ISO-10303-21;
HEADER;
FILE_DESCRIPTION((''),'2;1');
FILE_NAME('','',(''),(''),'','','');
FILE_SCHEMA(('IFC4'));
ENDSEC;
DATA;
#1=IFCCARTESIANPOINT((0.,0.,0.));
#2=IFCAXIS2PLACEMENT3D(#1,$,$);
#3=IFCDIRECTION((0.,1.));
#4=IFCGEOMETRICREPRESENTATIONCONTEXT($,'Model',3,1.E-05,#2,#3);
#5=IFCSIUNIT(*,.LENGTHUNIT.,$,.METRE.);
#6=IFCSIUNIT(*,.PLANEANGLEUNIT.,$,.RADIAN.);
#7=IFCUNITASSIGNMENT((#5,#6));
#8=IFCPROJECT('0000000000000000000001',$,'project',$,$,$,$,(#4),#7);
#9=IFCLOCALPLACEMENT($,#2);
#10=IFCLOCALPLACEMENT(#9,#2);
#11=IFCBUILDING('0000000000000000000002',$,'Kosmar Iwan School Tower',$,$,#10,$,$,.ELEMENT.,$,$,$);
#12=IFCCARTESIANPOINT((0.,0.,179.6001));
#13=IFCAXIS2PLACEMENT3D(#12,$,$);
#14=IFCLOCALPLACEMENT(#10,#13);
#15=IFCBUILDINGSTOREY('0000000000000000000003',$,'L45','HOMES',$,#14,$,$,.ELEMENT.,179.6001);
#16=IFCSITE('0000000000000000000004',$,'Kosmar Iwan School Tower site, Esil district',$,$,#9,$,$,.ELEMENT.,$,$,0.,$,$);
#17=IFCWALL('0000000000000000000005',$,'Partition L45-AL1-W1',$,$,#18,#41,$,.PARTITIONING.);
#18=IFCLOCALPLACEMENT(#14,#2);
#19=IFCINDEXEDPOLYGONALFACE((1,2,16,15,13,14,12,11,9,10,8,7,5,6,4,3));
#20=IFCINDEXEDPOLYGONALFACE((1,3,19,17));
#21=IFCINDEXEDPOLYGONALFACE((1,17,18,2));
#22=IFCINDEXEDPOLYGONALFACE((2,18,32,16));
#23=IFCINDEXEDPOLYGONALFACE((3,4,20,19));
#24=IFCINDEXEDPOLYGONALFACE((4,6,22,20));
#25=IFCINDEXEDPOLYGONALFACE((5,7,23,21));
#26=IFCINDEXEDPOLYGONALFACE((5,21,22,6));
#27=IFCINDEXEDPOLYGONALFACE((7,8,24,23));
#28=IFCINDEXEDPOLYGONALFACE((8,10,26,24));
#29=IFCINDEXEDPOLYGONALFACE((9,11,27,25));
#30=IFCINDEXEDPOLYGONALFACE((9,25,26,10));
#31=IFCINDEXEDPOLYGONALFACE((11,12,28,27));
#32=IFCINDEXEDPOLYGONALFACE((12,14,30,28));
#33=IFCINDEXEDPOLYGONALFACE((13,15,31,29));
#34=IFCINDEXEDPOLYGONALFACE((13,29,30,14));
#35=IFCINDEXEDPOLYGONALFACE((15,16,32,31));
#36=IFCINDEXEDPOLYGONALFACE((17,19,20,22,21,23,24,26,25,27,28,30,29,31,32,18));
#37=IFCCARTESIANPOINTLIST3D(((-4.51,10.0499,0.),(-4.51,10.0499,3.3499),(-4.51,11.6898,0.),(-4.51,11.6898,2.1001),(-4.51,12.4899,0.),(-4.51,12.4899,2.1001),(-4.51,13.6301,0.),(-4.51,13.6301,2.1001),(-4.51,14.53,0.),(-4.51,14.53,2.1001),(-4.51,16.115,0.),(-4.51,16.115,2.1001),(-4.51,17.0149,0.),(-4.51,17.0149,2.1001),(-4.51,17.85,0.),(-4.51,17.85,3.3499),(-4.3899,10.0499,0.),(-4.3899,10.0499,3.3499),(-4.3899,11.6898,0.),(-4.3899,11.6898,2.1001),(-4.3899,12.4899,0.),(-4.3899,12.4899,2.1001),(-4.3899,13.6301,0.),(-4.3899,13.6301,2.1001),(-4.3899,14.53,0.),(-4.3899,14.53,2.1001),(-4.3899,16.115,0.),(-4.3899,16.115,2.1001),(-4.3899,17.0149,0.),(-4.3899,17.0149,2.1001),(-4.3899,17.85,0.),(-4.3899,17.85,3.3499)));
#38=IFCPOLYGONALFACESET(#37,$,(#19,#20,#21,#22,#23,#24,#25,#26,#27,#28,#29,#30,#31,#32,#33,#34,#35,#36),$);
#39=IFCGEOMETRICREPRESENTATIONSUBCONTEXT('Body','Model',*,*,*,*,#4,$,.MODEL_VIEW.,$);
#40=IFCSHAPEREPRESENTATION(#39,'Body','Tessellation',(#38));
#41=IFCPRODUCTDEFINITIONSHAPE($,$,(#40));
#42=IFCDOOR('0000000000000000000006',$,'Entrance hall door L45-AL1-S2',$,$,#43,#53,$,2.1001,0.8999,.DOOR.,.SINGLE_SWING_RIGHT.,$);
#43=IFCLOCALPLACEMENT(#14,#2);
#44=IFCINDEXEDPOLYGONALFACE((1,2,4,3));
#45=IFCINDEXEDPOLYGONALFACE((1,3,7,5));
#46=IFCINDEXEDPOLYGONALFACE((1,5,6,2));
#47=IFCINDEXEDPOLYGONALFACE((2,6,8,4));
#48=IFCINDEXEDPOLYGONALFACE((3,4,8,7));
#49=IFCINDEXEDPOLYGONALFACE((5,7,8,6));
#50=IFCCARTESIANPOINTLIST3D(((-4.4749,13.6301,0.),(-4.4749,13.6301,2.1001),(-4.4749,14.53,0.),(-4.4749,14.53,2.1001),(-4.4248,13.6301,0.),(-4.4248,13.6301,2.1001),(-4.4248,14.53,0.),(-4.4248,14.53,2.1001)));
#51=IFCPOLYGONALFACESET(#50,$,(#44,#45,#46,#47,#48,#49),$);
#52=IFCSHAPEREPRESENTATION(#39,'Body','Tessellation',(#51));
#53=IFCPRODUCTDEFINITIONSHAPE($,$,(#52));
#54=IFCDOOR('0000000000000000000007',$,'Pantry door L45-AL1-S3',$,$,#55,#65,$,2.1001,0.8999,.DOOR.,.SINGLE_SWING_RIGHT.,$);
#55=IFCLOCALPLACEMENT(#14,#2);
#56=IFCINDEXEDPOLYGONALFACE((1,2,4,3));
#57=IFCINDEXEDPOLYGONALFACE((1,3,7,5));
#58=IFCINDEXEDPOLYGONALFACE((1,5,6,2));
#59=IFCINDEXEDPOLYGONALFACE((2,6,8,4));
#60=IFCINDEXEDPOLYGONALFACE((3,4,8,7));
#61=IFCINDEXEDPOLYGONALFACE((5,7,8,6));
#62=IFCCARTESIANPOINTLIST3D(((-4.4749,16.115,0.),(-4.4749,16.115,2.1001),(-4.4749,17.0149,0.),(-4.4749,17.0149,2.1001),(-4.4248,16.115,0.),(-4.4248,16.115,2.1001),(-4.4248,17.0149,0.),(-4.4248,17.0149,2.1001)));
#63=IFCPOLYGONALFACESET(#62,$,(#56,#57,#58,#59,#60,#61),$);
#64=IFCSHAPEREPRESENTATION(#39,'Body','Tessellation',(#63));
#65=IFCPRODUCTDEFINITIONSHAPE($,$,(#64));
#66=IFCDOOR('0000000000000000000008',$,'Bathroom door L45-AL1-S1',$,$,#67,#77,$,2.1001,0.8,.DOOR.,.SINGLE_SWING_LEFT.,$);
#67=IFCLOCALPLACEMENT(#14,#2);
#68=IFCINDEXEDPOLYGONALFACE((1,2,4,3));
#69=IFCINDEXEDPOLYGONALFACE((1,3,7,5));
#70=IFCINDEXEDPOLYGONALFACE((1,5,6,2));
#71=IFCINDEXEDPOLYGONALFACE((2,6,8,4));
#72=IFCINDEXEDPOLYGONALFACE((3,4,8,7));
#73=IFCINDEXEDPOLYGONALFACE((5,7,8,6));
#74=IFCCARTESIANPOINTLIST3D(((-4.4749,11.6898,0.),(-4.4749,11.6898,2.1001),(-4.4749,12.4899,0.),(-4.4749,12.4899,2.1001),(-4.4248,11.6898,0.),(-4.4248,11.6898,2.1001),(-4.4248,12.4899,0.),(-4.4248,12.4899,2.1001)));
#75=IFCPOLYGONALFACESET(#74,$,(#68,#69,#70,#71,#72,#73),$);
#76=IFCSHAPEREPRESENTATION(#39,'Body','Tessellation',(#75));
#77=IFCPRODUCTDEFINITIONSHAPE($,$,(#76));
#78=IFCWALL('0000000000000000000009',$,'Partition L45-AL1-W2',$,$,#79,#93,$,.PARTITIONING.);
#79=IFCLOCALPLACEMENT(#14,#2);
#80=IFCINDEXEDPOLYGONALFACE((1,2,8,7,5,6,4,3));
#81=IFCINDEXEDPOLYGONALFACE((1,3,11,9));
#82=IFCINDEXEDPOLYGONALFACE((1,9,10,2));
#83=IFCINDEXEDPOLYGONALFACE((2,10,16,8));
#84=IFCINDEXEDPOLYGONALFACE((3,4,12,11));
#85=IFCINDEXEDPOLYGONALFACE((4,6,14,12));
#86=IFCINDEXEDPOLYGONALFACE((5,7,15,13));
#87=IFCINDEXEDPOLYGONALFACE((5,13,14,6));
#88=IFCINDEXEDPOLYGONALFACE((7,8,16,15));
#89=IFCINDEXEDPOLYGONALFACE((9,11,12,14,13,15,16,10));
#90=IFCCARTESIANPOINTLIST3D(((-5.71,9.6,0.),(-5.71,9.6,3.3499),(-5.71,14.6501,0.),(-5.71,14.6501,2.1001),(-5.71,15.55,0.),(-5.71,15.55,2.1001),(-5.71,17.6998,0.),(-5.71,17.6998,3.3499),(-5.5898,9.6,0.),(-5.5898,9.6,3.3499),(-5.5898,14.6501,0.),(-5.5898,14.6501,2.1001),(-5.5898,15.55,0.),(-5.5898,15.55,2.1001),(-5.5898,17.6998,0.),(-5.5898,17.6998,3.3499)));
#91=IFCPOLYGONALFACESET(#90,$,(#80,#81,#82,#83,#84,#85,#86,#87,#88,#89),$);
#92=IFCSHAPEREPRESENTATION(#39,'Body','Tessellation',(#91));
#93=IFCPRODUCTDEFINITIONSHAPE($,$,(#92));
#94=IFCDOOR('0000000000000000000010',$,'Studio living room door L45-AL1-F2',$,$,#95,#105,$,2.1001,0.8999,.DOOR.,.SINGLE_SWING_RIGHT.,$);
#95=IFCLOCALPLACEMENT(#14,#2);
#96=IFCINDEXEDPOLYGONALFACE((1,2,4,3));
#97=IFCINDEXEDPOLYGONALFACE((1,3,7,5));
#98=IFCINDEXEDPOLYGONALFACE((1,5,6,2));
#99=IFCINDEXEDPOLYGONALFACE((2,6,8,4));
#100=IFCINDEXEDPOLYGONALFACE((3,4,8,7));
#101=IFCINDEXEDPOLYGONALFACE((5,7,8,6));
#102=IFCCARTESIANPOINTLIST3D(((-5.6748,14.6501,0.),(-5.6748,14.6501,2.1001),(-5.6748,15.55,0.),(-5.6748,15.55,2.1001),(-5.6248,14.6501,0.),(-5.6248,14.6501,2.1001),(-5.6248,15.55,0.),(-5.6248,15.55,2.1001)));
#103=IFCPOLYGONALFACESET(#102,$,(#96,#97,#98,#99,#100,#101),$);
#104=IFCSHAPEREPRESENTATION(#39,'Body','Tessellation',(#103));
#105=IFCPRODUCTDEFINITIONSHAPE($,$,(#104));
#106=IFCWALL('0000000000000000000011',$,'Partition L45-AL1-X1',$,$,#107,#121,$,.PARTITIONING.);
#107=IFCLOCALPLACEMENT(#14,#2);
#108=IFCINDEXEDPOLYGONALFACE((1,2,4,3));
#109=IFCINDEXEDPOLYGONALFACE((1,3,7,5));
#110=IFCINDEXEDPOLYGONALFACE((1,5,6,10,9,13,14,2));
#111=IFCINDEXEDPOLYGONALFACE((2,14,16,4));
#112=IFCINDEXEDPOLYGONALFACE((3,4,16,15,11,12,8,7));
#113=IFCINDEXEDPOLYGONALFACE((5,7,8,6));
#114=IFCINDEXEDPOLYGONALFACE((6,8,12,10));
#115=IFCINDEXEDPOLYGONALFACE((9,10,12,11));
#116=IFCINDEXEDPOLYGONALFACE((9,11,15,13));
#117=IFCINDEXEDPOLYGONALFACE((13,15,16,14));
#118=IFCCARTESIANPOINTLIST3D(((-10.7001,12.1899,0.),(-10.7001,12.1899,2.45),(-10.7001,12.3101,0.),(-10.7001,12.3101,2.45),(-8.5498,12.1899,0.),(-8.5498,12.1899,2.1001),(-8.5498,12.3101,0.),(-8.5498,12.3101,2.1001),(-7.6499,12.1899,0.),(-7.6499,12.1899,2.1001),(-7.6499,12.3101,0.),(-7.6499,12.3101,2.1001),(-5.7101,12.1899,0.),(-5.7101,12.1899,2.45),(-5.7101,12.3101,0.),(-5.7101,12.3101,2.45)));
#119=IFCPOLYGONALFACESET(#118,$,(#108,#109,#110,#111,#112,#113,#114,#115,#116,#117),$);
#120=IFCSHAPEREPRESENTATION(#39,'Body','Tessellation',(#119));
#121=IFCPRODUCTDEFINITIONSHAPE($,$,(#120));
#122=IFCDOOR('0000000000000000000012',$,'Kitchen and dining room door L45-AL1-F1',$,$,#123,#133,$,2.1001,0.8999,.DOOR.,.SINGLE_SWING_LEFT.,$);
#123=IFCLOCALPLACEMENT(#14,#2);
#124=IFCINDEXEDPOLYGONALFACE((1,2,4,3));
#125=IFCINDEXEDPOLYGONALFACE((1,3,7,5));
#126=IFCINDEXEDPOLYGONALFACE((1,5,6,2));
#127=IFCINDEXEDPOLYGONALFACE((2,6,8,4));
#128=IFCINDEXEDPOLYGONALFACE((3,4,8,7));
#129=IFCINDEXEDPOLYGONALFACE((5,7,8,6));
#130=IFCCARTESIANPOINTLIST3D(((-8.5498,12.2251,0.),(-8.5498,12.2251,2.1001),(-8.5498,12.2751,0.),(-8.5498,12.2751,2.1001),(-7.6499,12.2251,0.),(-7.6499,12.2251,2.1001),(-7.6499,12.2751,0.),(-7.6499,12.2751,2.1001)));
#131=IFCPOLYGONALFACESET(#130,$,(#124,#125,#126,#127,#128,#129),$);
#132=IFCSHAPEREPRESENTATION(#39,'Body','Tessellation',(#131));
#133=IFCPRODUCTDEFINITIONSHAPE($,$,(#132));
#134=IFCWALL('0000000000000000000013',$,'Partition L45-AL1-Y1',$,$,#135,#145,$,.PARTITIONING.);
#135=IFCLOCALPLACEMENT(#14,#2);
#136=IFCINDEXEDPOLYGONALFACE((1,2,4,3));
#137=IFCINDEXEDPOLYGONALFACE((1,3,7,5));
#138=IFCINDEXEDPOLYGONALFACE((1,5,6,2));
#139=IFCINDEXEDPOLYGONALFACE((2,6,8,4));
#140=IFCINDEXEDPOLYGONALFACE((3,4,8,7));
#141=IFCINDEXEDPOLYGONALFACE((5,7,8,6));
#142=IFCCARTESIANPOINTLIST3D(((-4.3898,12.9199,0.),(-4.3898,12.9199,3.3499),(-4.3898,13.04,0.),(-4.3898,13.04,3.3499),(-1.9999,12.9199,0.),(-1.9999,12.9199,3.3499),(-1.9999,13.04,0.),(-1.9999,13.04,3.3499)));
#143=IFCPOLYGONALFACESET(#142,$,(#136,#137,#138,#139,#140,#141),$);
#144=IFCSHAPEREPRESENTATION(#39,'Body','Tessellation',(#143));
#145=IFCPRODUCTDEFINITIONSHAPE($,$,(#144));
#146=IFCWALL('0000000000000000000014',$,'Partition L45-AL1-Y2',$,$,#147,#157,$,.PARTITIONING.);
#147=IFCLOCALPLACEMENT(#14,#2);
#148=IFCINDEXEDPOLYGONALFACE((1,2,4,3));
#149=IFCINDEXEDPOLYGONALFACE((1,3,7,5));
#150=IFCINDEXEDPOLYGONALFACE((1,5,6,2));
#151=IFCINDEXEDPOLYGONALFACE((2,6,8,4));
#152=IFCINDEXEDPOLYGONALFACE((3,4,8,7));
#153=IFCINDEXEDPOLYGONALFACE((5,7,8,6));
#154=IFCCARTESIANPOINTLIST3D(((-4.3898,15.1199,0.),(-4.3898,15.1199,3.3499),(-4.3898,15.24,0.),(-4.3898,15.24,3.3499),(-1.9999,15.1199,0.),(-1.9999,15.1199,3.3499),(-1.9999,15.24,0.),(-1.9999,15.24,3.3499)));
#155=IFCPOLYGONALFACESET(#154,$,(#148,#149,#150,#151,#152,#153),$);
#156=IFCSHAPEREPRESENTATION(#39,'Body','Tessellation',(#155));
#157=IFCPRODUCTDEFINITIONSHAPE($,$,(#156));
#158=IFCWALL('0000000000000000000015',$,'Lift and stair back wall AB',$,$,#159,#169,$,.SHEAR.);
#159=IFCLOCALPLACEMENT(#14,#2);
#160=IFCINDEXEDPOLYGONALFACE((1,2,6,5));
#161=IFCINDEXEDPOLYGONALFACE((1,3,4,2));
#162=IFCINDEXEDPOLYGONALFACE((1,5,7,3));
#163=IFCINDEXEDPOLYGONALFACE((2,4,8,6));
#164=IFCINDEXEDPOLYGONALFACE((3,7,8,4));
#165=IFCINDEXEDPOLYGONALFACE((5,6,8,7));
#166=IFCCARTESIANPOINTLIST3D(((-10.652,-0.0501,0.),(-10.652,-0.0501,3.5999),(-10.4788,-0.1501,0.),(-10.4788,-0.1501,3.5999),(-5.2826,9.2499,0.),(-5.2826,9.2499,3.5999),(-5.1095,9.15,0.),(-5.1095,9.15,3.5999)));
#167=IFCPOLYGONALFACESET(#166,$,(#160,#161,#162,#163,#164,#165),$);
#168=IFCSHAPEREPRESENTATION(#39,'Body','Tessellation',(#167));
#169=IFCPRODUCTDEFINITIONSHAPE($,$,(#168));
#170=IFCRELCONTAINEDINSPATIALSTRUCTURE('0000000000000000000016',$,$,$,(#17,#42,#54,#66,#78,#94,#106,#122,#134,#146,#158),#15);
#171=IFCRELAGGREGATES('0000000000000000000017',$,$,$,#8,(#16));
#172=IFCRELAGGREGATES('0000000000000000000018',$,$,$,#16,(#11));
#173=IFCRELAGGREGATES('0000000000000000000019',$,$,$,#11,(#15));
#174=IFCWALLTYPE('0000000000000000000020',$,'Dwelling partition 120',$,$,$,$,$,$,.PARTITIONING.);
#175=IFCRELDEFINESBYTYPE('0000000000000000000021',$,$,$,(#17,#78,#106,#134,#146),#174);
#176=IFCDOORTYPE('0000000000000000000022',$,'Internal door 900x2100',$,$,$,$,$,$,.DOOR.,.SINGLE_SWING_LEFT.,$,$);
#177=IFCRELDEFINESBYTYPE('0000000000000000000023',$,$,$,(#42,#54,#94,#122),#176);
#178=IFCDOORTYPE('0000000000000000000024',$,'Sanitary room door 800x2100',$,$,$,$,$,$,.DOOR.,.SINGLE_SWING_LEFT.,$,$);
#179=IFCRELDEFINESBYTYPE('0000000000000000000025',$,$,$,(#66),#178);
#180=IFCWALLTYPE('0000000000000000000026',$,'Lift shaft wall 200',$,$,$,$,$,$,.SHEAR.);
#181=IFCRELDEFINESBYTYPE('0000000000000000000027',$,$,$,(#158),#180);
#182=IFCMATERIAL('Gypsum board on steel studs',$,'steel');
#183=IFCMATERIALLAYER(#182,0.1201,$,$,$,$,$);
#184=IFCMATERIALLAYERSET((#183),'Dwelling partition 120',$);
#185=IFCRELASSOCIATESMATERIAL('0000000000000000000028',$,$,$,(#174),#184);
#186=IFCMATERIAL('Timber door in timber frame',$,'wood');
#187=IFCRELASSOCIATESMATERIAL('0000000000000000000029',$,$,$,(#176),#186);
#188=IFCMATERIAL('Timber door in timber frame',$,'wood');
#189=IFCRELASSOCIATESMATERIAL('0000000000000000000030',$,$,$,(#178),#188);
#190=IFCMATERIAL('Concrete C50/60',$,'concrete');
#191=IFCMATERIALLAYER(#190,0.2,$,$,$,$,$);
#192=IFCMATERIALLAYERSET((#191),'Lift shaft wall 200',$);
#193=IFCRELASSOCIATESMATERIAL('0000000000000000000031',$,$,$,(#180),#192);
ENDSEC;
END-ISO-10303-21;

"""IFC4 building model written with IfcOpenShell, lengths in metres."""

from ifc_helpers import new_model, si_unit, direction, frame, frame_2d, origin, place, context, subcontext, project, spatial, rectangle, extrude, material, layer, layer_set, type_object, element, fill, save


model = new_model("IFC4")

# Units and contexts
model_context = context("Model", 3, precision=1e-05, world=origin(), true_north=direction((0.0, 1.0)))
body_context = subcontext(model_context, "Body", "Model", "MODEL_VIEW")
ifc_project = project(units=[si_unit("LENGTHUNIT", "METRE"), si_unit("PLANEANGLEUNIT", "RADIAN")], contexts=[model_context])

# Site, building, storey
site_placement = place(None, origin())
site = spatial("IfcSite", under=ifc_project, at=site_placement, Name="Kosmar Iwan School Tower site, Esil district", CompositionType="ELEMENT", RefElevation=0.0)
building_placement = place(site_placement, origin())
building = spatial("IfcBuilding", under=site, at=building_placement, Name="Kosmar Iwan School Tower", CompositionType="ELEMENT")
storey_placement = place(building_placement, frame((0.0, 0.0, 179.6001)))
storey = spatial("IfcBuildingStorey", under=building, at=storey_placement, Name="L45", Description="HOMES", CompositionType="ELEMENT", Elevation=179.6001)

# Wall, openings, doors
ifc_material_1 = material(Name="Gypsum board on steel studs", Category="steel")
ifc_layer_1 = layer(ifc_material_1, 0.1201)
ifc_layer_set_1 = layer_set([ifc_layer_1], Name="Dwelling partition 120")
wall_type_1 = type_object("IfcWallType", Name="Dwelling partition 120", PredefinedType="PARTITIONING", material=ifc_layer_set_1)
wall_1_placement = place(storey_placement, frame((-4.45, 10.05, 0.0), z_axis=(0.0, 0.0, 1.0), x_axis=(0.0, 1.0, 0.0)))
wall_1 = element("IfcWall", 1, at=wall_1_placement, inside=storey, type_object=wall_type_1, Name="Partition L45-AL1-W1", PredefinedType="PARTITIONING", context=body_context, shape_type="SweptSolid", body=[
    extrude(rectangle(XDim=7.8, YDim=0.1201, at=frame_2d((3.8999, 0.0))), origin(), (0.0, 0.0, 1.0), 3.3499),
])
opening_1_placement = place(wall_1_placement, frame((1.6399, 0.0, 0.0)))
opening_1 = element("IfcOpeningElement", 2, at=opening_1_placement, cuts=wall_1, PredefinedType="OPENING", context=body_context, shape_type="SweptSolid", body=[
    extrude(rectangle(XDim=0.8, YDim=2.1001, at=frame_2d((0.3999, 1.05))), frame((0.0, 0.072, 0.0), z_axis=(0.0, -1.0, 0.0), x_axis=(1.0, 0.0, 0.0)), (0.0, 0.0, 1.0), 0.144),
])
opening_2_placement = place(wall_1_placement, frame((3.5801, 0.0, 0.0)))
opening_2 = element("IfcOpeningElement", 3, at=opening_2_placement, cuts=wall_1, PredefinedType="OPENING", context=body_context, shape_type="SweptSolid", body=[
    extrude(rectangle(XDim=0.8999, YDim=2.1001, at=frame_2d((0.45, 1.05))), frame((0.0, 0.072, 0.0), z_axis=(0.0, -1.0, 0.0), x_axis=(1.0, 0.0, 0.0)), (0.0, 0.0, 1.0), 0.144),
])
opening_3_placement = place(wall_1_placement, frame((6.0649, 0.0, 0.0)))
opening_3 = element("IfcOpeningElement", 4, at=opening_3_placement, cuts=wall_1, PredefinedType="OPENING", context=body_context, shape_type="SweptSolid", body=[
    extrude(rectangle(XDim=0.8999, YDim=2.1001, at=frame_2d((0.45, 1.05))), frame((0.0, 0.072, 0.0), z_axis=(0.0, -1.0, 0.0), x_axis=(1.0, 0.0, 0.0)), (0.0, 0.0, 1.0), 0.144),
])
ifc_material_2 = material(Name="Timber door in timber frame", Category="wood")
door_type_1 = type_object("IfcDoorType", Name="Internal door 900x2100", OperationType="SINGLE_SWING_LEFT", PredefinedType="DOOR", material=ifc_material_2)
door_1_placement = place(opening_2_placement, origin())
door_1 = element("IfcDoor", 5, at=door_1_placement, inside=storey, type_object=door_type_1, Name="Entrance hall door L45-AL1-S2", OperationType="SINGLE_SWING_RIGHT", OverallHeight=2.1001, OverallWidth=0.8999, PredefinedType="DOOR", context=body_context, shape_type="SweptSolid", body=[
    extrude(rectangle(XDim=0.8999, YDim=2.1001, at=frame_2d((0.45, 1.05))), frame((0.0, 0.0249, 0.0), z_axis=(0.0, -1.0, 0.0), x_axis=(1.0, 0.0, 0.0)), (0.0, 0.0, 1.0), 0.05),
])
fill(opening_2, door_1)
door_2_placement = place(opening_3_placement, origin())
door_2 = element("IfcDoor", 6, at=door_2_placement, inside=storey, type_object=door_type_1, Name="Pantry door L45-AL1-S3", OperationType="SINGLE_SWING_RIGHT", OverallHeight=2.1001, OverallWidth=0.8999, PredefinedType="DOOR", context=body_context, shape_type="SweptSolid", body=[
    extrude(rectangle(XDim=0.8999, YDim=2.1001, at=frame_2d((0.45, 1.05))), frame((0.0, 0.0249, 0.0), z_axis=(0.0, -1.0, 0.0), x_axis=(1.0, 0.0, 0.0)), (0.0, 0.0, 1.0), 0.05),
])
fill(opening_3, door_2)
ifc_material_3 = material(Name="Timber door in timber frame", Category="wood")
door_type_2 = type_object("IfcDoorType", Name="Sanitary room door 800x2100", OperationType="SINGLE_SWING_LEFT", PredefinedType="DOOR", material=ifc_material_3)
door_3_placement = place(opening_1_placement, origin())
door_3 = element("IfcDoor", 7, at=door_3_placement, inside=storey, type_object=door_type_2, Name="Bathroom door L45-AL1-S1", OperationType="SINGLE_SWING_LEFT", OverallHeight=2.1001, OverallWidth=0.8, PredefinedType="DOOR", context=body_context, shape_type="SweptSolid", body=[
    extrude(rectangle(XDim=0.8, YDim=2.1001, at=frame_2d((0.3999, 1.05))), frame((0.0, 0.0249, 0.0), z_axis=(0.0, -1.0, 0.0), x_axis=(1.0, 0.0, 0.0)), (0.0, 0.0, 1.0), 0.05),
])
fill(opening_1, door_3)

# Walls, openings, doors
wall_2_placement = place(storey_placement, frame((-5.6499, 9.6001, 0.0), z_axis=(0.0, 0.0, 1.0), x_axis=(0.0, 1.0, 0.0)))
wall_2 = element("IfcWall", 8, at=wall_2_placement, inside=storey, type_object=wall_type_1, Name="Partition L45-AL1-W2", PredefinedType="PARTITIONING", context=body_context, shape_type="SweptSolid", body=[
    extrude(rectangle(XDim=8.0999, YDim=0.1201, at=frame_2d((4.0498, 0.0))), origin(), (0.0, 0.0, 1.0), 3.3499),
])
opening_4_placement = place(wall_2_placement, frame((5.05, 0.0, 0.0)))
opening_4 = element("IfcOpeningElement", 9, at=opening_4_placement, cuts=wall_2, PredefinedType="OPENING", context=body_context, shape_type="SweptSolid", body=[
    extrude(rectangle(XDim=0.8999, YDim=2.1001, at=frame_2d((0.45, 1.05))), frame((0.0, 0.072, 0.0), z_axis=(0.0, -1.0, 0.0), x_axis=(1.0, 0.0, 0.0)), (0.0, 0.0, 1.0), 0.144),
])
door_4_placement = place(opening_4_placement, origin())
door_4 = element("IfcDoor", 10, at=door_4_placement, inside=storey, type_object=door_type_1, Name="Studio living room door L45-AL1-F2", OperationType="SINGLE_SWING_RIGHT", OverallHeight=2.1001, OverallWidth=0.8999, PredefinedType="DOOR", context=body_context, shape_type="SweptSolid", body=[
    extrude(rectangle(XDim=0.8999, YDim=2.1001, at=frame_2d((0.45, 1.05))), frame((0.0, 0.0249, 0.0), z_axis=(0.0, -1.0, 0.0), x_axis=(1.0, 0.0, 0.0)), (0.0, 0.0, 1.0), 0.05),
])
fill(opening_4, door_4)
wall_3_placement = place(storey_placement, frame((-5.71, 12.25, 0.0), z_axis=(0.0, 0.0, 1.0), x_axis=(-1.0, 0.0, 0.0)))
wall_3 = element("IfcWall", 11, at=wall_3_placement, inside=storey, type_object=wall_type_1, Name="Partition L45-AL1-X1", PredefinedType="PARTITIONING", context=body_context, shape_type="SweptSolid", body=[
    extrude(rectangle(XDim=4.99, YDim=0.1201, at=frame_2d((2.4951, 0.0))), origin(), (0.0, 0.0, 1.0), 2.45),
])
opening_5_placement = place(wall_3_placement, frame((1.9399, 0.0, 0.0)))
opening_5 = element("IfcOpeningElement", 12, at=opening_5_placement, cuts=wall_3, PredefinedType="OPENING", context=body_context, shape_type="SweptSolid", body=[
    extrude(rectangle(XDim=0.8999, YDim=2.1001, at=frame_2d((0.45, 1.05))), frame((0.0, 0.072, 0.0), z_axis=(0.0, -1.0, 0.0), x_axis=(1.0, 0.0, 0.0)), (0.0, 0.0, 1.0), 0.144),
])
door_5_placement = place(opening_5_placement, origin())
door_5 = element("IfcDoor", 13, at=door_5_placement, inside=storey, type_object=door_type_1, Name="Kitchen and dining room door L45-AL1-F1", OperationType="SINGLE_SWING_LEFT", OverallHeight=2.1001, OverallWidth=0.8999, PredefinedType="DOOR", context=body_context, shape_type="SweptSolid", body=[
    extrude(rectangle(XDim=0.8999, YDim=2.1001, at=frame_2d((0.45, 1.05))), frame((0.0, 0.0249, 0.0), z_axis=(0.0, -1.0, 0.0), x_axis=(1.0, 0.0, 0.0)), (0.0, 0.0, 1.0), 0.05),
])
fill(opening_5, door_5)

# Walls
for number, where, z_axis, x_axis, name in (
    (14, (-2.0, 12.98, 0.0), (0.0, 0.0, 1.0), (-1.0, 0.0, 0.0), "Partition L45-AL1-Y1"),
    (15, (-2.0, 15.1799, 0.0), (0.0, 0.0, 1.0), (-1.0, 0.0, 0.0), "Partition L45-AL1-Y2"),
):
    element("IfcWall", number, at=place(storey_placement, frame(where, z_axis=z_axis, x_axis=x_axis)), inside=storey, type_object=wall_type_1, Name=name, PredefinedType="PARTITIONING", context=body_context, shape_type="SweptSolid", body=[
        extrude(rectangle(XDim=2.3899, YDim=0.1201, at=frame_2d((1.1948, 0.0))), origin(), (0.0, 0.0, 1.0), 3.3499),
    ])
ifc_material_4 = material(Name="Concrete C50/60", Category="concrete")
ifc_layer_2 = layer(ifc_material_4, 0.2)
ifc_layer_set_2 = layer_set([ifc_layer_2], Name="Lift shaft wall 200")
wall_type_2 = type_object("IfcWallType", Name="Lift shaft wall 200", PredefinedType="SHEAR", material=ifc_layer_set_2)
wall_4_placement = place(storey_placement, frame((-5.196, 9.2, 0.0), z_axis=(0.0, 0.0, 1.0), x_axis=(-0.5, -0.866025, 0.0)))
element("IfcWall", 16, at=wall_4_placement, inside=storey, type_object=wall_type_2, Name="Lift and stair back wall AB", PredefinedType="SHEAR", context=body_context, shape_type="SweptSolid", body=[
    extrude(rectangle(XDim=10.7388, YDim=0.2, at=frame_2d((5.3694, 0.0))), origin(), (0.0, 0.0, 1.0), 3.5999),
])

save(model, "model.ifc")
